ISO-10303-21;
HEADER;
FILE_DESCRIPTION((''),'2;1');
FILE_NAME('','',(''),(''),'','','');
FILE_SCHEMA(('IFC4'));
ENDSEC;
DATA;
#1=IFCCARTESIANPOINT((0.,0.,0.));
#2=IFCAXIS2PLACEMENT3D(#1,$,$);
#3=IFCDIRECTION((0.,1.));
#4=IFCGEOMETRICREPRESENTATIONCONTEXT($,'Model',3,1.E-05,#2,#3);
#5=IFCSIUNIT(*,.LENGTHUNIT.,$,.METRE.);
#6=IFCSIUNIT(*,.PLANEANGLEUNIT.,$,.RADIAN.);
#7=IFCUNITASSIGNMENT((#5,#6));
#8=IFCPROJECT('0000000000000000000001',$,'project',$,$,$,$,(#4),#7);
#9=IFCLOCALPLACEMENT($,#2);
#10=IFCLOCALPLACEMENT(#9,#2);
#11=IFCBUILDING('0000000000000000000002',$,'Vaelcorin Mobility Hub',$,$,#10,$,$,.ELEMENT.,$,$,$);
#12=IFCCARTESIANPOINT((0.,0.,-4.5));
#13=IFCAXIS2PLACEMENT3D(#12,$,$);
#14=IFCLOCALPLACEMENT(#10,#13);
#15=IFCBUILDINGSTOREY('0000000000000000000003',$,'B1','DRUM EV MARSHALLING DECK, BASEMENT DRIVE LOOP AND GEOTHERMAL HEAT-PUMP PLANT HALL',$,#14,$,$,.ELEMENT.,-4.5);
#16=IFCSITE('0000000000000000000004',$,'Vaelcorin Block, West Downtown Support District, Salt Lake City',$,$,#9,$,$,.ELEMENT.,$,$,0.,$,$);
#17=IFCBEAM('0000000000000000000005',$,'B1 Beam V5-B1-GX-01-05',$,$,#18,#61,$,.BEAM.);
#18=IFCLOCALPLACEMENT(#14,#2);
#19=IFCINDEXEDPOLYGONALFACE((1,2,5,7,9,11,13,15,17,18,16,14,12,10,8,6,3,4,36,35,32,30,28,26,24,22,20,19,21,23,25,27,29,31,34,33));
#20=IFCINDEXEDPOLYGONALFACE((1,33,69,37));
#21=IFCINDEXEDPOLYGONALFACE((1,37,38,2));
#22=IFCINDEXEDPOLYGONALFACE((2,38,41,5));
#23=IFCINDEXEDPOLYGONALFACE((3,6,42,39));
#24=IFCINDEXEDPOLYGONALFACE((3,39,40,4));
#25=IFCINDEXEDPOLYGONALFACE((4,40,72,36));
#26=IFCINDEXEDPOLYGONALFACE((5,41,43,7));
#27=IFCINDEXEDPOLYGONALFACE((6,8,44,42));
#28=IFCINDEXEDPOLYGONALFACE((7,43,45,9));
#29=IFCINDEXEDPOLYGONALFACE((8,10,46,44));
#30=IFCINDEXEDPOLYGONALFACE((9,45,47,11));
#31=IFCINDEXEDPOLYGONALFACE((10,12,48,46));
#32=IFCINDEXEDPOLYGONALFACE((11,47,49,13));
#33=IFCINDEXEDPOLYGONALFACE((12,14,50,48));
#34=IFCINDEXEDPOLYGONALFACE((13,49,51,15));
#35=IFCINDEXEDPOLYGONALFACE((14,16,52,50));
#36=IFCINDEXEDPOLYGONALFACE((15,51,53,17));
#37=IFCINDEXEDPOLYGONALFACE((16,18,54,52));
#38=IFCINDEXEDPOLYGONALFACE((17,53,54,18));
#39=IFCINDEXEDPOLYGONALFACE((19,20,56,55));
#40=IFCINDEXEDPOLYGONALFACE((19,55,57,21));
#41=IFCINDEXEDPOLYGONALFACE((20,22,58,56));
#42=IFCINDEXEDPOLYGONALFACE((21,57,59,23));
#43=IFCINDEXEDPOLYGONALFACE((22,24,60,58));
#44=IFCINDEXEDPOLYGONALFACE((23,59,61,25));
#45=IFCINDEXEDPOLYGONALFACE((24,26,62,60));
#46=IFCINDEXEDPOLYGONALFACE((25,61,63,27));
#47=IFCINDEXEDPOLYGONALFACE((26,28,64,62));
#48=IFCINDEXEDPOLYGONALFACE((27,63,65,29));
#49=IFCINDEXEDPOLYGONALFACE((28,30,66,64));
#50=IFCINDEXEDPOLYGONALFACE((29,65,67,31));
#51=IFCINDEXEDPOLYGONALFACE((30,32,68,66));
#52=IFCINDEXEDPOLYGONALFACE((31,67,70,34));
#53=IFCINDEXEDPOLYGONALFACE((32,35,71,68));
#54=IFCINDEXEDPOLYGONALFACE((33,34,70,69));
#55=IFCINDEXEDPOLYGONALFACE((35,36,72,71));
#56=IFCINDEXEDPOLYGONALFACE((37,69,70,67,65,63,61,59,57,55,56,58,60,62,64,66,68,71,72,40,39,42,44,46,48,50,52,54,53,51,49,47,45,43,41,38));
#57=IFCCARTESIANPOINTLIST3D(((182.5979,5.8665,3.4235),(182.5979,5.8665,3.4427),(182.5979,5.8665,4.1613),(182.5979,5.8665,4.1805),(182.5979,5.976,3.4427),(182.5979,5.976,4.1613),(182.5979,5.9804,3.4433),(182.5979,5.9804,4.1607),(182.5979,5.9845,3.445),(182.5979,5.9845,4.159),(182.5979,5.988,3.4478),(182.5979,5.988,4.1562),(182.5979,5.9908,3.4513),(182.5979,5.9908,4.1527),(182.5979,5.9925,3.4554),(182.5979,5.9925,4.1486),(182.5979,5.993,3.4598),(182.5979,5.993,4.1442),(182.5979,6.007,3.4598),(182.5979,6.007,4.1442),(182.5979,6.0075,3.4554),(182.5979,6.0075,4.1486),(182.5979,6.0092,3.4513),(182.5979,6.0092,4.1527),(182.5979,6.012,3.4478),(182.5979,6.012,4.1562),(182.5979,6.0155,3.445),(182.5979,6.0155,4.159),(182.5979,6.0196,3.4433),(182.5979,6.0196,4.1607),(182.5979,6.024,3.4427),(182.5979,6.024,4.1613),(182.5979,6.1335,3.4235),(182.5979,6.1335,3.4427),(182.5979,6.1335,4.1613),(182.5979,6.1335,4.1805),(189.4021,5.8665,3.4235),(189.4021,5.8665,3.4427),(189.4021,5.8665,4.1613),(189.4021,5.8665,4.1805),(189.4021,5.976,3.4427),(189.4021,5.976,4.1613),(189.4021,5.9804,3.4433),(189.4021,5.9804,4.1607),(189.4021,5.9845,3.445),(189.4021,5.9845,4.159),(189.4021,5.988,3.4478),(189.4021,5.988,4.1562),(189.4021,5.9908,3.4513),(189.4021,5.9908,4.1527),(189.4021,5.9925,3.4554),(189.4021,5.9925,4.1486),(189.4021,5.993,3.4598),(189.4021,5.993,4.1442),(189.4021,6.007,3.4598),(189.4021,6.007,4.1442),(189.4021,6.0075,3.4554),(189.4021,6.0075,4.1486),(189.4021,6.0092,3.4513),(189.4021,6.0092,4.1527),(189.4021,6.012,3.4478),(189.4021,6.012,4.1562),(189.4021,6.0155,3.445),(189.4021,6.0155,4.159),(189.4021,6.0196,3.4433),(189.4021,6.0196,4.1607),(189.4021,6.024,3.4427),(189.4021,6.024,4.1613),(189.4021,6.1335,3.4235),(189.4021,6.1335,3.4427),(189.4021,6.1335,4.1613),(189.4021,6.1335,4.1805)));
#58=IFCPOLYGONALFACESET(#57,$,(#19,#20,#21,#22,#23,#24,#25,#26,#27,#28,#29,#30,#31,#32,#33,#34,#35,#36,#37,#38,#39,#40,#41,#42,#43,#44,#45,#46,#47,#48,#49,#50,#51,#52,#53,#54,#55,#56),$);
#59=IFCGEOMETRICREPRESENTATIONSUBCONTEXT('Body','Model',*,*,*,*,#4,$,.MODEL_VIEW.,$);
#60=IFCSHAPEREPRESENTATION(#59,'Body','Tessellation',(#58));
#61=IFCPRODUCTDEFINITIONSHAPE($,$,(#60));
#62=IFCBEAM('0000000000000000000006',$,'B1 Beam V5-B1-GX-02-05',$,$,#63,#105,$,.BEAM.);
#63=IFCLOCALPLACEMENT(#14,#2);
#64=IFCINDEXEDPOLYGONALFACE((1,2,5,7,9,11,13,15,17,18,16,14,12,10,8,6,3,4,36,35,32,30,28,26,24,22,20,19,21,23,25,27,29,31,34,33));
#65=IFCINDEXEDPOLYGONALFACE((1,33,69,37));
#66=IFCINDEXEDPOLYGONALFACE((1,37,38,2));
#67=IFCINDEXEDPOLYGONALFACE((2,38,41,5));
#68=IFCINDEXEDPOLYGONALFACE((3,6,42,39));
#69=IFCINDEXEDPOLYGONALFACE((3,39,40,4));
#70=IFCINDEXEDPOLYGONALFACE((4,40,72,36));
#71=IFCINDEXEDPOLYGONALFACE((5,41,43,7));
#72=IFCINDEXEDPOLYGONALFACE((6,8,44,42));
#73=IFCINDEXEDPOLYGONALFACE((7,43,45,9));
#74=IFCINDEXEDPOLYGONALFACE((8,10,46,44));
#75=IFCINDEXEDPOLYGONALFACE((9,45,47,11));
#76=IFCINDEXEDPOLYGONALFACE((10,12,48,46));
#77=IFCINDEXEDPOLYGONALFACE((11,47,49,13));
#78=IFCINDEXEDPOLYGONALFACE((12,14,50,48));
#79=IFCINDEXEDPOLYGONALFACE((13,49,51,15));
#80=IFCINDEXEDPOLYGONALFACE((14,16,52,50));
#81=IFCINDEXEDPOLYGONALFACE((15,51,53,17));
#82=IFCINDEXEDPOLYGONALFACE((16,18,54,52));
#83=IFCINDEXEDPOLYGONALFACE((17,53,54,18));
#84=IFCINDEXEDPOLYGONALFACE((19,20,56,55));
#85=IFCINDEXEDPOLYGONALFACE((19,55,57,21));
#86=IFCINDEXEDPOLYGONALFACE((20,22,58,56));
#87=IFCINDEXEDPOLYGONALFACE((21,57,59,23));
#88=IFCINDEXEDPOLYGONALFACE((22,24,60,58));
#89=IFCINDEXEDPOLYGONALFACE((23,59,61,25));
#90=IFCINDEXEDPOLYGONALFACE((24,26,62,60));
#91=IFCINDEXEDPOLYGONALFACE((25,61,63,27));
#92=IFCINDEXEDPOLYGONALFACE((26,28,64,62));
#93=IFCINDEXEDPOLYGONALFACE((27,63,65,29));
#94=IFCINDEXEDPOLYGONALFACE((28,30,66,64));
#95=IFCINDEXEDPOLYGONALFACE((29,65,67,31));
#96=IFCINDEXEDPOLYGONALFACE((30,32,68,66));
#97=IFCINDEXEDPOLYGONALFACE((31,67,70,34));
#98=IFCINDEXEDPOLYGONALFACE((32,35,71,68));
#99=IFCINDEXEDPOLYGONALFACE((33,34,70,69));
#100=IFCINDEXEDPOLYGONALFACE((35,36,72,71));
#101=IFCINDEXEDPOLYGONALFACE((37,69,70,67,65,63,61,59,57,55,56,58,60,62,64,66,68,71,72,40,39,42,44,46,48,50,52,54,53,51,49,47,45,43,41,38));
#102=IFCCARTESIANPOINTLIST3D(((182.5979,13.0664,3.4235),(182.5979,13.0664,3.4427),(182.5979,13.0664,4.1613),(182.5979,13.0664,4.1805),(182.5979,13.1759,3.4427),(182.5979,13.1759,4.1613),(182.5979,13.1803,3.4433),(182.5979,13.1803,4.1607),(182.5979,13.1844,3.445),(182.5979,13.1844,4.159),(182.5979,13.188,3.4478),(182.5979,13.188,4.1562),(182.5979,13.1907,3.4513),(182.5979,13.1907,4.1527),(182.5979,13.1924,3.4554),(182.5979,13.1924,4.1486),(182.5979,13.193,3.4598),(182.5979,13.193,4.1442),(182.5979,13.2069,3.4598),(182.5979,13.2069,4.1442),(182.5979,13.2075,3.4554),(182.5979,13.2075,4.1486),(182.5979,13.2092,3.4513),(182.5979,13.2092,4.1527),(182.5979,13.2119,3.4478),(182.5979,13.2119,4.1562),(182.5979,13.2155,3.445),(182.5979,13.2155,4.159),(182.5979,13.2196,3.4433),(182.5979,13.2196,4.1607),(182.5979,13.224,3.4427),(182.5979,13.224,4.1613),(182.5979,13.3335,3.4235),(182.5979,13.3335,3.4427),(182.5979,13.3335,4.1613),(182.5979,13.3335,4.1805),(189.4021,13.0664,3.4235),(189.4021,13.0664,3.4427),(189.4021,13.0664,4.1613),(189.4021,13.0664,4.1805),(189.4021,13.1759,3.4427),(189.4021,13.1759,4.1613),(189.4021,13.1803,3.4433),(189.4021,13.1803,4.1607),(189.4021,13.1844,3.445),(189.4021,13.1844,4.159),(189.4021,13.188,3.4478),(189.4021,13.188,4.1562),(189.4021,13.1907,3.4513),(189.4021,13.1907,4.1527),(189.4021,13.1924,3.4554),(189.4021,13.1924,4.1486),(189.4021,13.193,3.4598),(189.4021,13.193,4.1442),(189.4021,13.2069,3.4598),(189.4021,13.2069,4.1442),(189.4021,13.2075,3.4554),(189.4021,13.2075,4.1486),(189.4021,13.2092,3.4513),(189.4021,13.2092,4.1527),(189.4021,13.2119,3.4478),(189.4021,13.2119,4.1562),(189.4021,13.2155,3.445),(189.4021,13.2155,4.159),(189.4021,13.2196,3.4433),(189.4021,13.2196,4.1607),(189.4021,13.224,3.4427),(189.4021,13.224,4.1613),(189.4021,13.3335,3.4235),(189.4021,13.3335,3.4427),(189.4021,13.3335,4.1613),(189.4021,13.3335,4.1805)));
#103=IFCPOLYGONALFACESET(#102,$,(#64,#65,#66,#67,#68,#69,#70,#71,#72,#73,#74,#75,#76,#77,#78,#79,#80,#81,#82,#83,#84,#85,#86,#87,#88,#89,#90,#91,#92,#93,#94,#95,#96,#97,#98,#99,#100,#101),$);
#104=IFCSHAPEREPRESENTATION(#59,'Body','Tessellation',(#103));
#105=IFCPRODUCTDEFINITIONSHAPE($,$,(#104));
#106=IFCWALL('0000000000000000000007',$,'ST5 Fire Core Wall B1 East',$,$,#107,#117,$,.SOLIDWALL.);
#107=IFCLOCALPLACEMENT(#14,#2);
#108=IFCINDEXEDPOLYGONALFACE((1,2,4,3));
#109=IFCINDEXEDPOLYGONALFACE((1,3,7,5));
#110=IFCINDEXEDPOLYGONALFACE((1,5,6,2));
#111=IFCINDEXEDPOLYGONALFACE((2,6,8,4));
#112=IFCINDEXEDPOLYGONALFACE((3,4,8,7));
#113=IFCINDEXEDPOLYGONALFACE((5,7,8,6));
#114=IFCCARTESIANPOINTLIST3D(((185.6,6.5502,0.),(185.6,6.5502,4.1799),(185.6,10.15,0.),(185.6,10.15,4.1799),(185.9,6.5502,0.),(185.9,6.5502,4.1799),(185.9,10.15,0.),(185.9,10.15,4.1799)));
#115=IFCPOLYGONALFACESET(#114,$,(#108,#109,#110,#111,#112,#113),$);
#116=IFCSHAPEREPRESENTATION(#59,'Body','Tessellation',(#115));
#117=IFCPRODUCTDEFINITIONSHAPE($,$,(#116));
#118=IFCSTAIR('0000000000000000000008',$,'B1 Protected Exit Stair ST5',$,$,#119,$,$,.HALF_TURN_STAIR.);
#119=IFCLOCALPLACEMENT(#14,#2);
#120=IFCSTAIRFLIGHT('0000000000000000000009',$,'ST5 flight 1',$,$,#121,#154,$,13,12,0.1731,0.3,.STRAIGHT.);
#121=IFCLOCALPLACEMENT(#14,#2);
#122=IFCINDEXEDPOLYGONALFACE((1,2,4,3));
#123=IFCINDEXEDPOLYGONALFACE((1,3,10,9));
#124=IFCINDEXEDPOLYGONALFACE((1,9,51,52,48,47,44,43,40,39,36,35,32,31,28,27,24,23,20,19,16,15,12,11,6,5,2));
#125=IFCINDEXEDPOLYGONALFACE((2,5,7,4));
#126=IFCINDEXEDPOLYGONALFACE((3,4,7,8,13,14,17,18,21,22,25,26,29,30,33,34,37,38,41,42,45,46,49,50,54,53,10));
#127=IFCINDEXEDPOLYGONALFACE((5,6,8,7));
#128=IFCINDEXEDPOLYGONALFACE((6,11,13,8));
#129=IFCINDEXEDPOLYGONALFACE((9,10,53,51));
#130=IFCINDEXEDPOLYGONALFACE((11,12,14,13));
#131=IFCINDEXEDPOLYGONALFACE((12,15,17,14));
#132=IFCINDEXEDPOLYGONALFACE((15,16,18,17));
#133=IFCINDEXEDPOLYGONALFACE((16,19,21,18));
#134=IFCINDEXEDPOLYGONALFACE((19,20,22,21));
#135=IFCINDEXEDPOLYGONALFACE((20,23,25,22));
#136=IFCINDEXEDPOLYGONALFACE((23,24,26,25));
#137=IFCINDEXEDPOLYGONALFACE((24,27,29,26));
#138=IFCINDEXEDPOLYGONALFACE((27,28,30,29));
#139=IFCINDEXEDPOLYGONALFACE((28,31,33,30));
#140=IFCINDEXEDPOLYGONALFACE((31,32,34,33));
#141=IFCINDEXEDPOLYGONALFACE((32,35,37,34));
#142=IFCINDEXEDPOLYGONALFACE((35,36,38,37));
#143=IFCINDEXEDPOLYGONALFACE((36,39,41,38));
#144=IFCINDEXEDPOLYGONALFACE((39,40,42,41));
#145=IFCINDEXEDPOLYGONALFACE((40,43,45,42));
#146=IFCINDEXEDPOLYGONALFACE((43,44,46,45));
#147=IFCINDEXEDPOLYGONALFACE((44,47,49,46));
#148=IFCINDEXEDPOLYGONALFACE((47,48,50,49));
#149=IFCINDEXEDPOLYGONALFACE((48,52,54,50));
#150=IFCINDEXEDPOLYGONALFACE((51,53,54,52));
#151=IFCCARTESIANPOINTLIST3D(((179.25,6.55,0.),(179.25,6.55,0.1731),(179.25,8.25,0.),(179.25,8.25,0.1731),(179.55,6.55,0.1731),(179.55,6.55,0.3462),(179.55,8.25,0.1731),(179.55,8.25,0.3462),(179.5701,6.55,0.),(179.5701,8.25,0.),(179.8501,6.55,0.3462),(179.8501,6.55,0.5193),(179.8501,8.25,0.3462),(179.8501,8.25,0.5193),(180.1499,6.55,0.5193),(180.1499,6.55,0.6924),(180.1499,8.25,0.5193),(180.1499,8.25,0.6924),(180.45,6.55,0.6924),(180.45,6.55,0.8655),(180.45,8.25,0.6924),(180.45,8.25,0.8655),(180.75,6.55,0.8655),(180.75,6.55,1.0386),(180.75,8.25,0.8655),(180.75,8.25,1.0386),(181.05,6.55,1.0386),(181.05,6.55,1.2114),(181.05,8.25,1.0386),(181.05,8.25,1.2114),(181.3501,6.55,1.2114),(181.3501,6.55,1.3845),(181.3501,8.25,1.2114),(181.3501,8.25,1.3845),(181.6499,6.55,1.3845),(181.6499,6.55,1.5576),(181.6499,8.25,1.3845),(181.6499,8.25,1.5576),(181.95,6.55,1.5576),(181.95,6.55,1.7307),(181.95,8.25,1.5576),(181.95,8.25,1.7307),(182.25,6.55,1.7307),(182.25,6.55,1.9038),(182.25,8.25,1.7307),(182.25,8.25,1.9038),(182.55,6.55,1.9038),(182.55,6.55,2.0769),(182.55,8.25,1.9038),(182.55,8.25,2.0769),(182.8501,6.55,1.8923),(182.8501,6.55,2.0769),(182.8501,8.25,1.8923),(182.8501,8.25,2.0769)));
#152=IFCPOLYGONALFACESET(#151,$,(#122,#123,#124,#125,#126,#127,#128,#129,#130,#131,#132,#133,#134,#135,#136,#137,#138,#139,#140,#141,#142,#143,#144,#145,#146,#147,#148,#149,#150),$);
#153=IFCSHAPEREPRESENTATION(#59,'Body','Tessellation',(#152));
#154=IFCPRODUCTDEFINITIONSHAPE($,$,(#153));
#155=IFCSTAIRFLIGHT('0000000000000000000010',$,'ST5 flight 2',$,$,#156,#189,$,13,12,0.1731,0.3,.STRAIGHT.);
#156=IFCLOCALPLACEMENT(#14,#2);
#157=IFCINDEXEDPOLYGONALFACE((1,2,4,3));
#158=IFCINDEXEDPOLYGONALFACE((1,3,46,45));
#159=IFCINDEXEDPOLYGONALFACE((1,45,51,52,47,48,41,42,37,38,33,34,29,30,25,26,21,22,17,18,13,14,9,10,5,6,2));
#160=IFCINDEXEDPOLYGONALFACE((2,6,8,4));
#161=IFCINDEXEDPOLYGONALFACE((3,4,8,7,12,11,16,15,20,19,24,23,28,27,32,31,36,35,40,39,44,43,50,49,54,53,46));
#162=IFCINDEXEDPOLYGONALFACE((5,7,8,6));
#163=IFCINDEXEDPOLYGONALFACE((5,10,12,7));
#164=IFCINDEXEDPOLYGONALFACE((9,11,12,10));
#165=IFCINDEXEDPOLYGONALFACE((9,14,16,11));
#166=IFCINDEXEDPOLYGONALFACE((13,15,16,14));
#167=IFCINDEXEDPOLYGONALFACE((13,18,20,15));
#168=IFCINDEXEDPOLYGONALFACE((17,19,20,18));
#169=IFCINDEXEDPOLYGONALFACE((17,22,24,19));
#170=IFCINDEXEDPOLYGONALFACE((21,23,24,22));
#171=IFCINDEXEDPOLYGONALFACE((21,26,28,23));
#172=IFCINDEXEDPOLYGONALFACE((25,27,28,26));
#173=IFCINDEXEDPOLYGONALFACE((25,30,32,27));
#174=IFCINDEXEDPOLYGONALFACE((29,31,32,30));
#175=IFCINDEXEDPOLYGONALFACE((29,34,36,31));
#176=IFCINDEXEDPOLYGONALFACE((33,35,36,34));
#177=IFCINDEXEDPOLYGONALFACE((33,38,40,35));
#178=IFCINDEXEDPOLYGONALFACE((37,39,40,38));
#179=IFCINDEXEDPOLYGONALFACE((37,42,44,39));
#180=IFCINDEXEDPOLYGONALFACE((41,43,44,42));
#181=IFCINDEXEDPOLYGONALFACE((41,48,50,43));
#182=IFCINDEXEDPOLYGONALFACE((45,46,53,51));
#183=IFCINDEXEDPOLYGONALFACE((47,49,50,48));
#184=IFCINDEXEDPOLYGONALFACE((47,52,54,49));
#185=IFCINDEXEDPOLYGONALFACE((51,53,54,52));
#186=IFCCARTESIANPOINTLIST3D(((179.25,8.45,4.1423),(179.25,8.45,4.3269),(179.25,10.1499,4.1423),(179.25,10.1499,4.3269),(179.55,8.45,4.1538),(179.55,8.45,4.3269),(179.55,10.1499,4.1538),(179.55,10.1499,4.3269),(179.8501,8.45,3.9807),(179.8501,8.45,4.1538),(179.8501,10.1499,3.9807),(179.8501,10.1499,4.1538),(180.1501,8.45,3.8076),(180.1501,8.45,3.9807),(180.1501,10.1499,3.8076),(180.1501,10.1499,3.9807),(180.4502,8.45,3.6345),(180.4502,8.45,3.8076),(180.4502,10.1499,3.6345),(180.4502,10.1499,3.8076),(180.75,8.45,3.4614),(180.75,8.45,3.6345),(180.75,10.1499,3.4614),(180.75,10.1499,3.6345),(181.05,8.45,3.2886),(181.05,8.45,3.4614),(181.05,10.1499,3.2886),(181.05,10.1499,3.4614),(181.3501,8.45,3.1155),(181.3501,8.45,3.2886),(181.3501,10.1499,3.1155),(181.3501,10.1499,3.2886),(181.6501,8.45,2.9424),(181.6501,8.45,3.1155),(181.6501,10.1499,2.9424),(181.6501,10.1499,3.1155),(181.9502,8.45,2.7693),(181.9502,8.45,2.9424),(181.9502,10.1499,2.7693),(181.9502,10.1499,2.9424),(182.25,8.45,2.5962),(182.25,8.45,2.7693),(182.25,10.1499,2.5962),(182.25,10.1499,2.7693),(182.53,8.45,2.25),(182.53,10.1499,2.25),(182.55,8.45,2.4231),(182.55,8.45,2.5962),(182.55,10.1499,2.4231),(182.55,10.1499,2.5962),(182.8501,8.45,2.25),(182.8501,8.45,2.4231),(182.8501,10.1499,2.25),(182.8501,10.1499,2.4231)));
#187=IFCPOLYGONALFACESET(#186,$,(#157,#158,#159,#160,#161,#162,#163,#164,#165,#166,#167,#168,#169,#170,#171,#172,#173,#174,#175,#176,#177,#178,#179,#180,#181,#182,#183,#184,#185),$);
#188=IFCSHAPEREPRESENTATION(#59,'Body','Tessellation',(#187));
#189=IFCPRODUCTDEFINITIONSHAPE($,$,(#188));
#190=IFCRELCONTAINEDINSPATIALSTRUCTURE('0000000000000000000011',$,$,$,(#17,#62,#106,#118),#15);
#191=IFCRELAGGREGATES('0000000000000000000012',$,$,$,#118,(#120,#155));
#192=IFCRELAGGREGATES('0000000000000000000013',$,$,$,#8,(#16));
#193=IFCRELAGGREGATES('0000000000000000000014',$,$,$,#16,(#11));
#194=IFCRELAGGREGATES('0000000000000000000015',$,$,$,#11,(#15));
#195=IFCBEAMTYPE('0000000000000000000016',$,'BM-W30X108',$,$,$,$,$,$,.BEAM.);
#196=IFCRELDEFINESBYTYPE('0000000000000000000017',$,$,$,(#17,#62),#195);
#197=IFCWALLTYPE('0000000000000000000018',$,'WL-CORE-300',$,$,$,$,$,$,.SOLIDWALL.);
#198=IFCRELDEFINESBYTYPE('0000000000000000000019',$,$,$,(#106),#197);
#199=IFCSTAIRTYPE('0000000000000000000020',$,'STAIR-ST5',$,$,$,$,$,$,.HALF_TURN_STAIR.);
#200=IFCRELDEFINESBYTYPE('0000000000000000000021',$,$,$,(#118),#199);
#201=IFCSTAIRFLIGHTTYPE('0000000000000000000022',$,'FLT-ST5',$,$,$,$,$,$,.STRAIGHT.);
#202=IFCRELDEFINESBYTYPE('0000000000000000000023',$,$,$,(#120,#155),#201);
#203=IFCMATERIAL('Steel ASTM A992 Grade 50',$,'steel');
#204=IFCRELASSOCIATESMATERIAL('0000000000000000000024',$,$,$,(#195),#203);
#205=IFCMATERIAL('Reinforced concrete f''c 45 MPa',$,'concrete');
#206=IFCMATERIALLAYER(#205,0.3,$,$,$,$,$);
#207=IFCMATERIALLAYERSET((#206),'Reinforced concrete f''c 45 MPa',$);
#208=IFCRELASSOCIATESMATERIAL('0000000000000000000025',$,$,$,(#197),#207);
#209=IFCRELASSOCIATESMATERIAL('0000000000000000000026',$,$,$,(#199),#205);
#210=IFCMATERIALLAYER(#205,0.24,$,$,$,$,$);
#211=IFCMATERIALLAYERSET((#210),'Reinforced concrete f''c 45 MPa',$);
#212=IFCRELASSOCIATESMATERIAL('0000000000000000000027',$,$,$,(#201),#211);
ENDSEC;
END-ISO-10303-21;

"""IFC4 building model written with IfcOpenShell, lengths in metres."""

from ifc_helpers import new_model, si_unit, direction, frame, frame_2d, origin, origin_2d, place, context, subcontext, project, spatial, polyline, rectangle, i_section, outline, extrude, material, layer, layer_set, material_profile, profile_set, type_object, element, aggregate, save


model = new_model("IFC4")

# Units and contexts
model_context = context("Model", 3, precision=1e-05, world=origin(), true_north=direction((0.0, 1.0)))
body_context = subcontext(model_context, "Body", "Model", "MODEL_VIEW")
ifc_project = project(units=[si_unit("LENGTHUNIT", "METRE"), si_unit("PLANEANGLEUNIT", "RADIAN")], contexts=[model_context])

# Site, building, storey
site_placement = place(None, origin())
site = spatial("IfcSite", under=ifc_project, at=site_placement, Name="Vaelcorin Block, West Downtown Support District, Salt Lake City", CompositionType="ELEMENT", RefElevation=0.0)
building_placement = place(site_placement, origin())
building = spatial("IfcBuilding", under=site, at=building_placement, Name="Vaelcorin Mobility Hub", CompositionType="ELEMENT")
storey_placement = place(building_placement, frame((0.0, 0.0, -4.5)))
storey = spatial("IfcBuildingStorey", under=building, at=storey_placement, Name="B1", Description="DRUM EV MARSHALLING DECK, BASEMENT DRIVE LOOP AND GEOTHERMAL HEAT-PUMP PLANT HALL", CompositionType="ELEMENT", Elevation=-4.5)

# Shared definitions
ifc_material_1 = material(Name="Steel ASTM A992 Grade 50", Category="steel")

# Beams
ifc_material_profile_1 = material_profile(ifc_material_1, i_section(OverallWidth=0.2671, OverallDepth=0.7571, WebThickness=0.0139, FlangeThickness=0.0193, FilletRadius=0.0171, at=origin_2d()), Name="W30X108")
ifc_profile_set_1 = profile_set([ifc_material_profile_1], Name="Steel ASTM A992 Grade 50")
beam_type_1 = type_object("IfcBeamType", Name="BM-W30X108", PredefinedType="BEAM", material=ifc_profile_set_1)
for number, where, z_axis, x_axis, name in (
    (1, (182.5979, 6.0, 3.802), (1.0, 0.0, 0.0), (0.0, 1.0, 0.0), "B1 Beam V5-B1-GX-01-05"),
    (2, (182.5979, 13.2, 3.802), (1.0, 0.0, 0.0), (0.0, 1.0, 0.0), "B1 Beam V5-B1-GX-02-05"),
):
    element("IfcBeam", number, at=place(storey_placement, frame(where, z_axis=z_axis, x_axis=x_axis)), inside=storey, type_object=beam_type_1, Name=name, PredefinedType="BEAM", context=body_context, shape_type="SweptSolid", body=[
        extrude(i_section(OverallWidth=0.2671, OverallDepth=0.7571, WebThickness=0.0139, FlangeThickness=0.0193, FilletRadius=0.0171, at=origin_2d()), origin(), (0.0, 0.0, 1.0), 6.8042),
    ])

# Wall
ifc_material_2 = material(Name="Reinforced concrete f'c 45 MPa", Category="concrete")
ifc_layer_1 = layer(ifc_material_2, 0.3)
ifc_layer_set_1 = layer_set([ifc_layer_1], Name="Reinforced concrete f'c 45 MPa")
wall_type = type_object("IfcWallType", Name="WL-CORE-300", PredefinedType="SOLIDWALL", material=ifc_layer_set_1)
wall_placement = place(storey_placement, frame((185.75, 10.1499, 0.0), z_axis=(0.0, 0.0, 1.0), x_axis=(0.0, -1.0, 0.0)))
element("IfcWall", 3, at=wall_placement, inside=storey, type_object=wall_type, Name="ST5 Fire Core Wall B1 East", PredefinedType="SOLIDWALL", context=body_context, shape_type="SweptSolid", body=[
    extrude(rectangle(XDim=3.5999, YDim=0.3, at=frame_2d((1.7998, 0.0))), origin(), (0.0, 0.0, 1.0), 4.1799),
])

# Stair, stair flights
stair_type = type_object("IfcStairType", Name="STAIR-ST5", PredefinedType="HALF_TURN_STAIR", material=ifc_material_2)
stair_placement = place(storey_placement, origin())
stair = element("IfcStair", 4, at=stair_placement, inside=storey, type_object=stair_type, Name="B1 Protected Exit Stair ST5", PredefinedType="HALF_TURN_STAIR")
ifc_layer_2 = layer(ifc_material_2, 0.24)
ifc_layer_set_2 = layer_set([ifc_layer_2], Name="Reinforced concrete f'c 45 MPa")
stair_flight_type = type_object("IfcStairFlightType", Name="FLT-ST5", PredefinedType="STRAIGHT", material=ifc_layer_set_2)
stair_flight_1_placement = place(storey_placement, frame((179.25, 7.3999, 0.0), z_axis=(0.0, 0.0, 1.0), x_axis=(1.0, 0.0, 0.0)))
stair_flight_1 = element("IfcStairFlight", 5, at=stair_flight_1_placement, type_object=stair_flight_type, Name="ST5 flight 1", NumberOfRisers=13, NumberOfTreads=12, PredefinedType="STRAIGHT", RiserHeight=0.1731, TreadLength=0.3, context=body_context, shape_type="SweptSolid", body=[
    extrude(outline(polyline([(0.0, 0.0), (0.0, 0.1731), (0.3, 0.1731), (0.3, 0.3462), (0.6001, 0.3462), (0.6001, 0.5193), (0.8999, 0.5193), (0.8999, 0.6924), (1.2, 0.6924), (1.2, 0.8655), (1.5, 0.8655), (1.5, 1.0386), (1.8, 1.0386), (1.8, 1.2114), (2.1001, 1.2114), (2.1001, 1.3845), (2.3999, 1.3845), (2.3999, 1.5576), (2.7, 1.5576), (2.7, 1.7307), (3.0, 1.7307), (3.0, 1.9038), (3.3, 1.9038), (3.3, 2.0769), (3.6001, 2.0769), (3.6001, 2.25), (3.6001, 1.8923), (0.3201, 0.0), (0.0, 0.0)])), frame((0.0, 0.8501, 0.0), z_axis=(0.0, -1.0, 0.0), x_axis=(1.0, 0.0, 0.0)), (0.0, 0.0, 1.0), 1.7),
])
stair_flight_2_placement = place(storey_placement, frame((182.8501, 9.3, 2.25), z_axis=(0.0, 0.0, 1.0), x_axis=(-1.0, 0.0, 0.0)))
stair_flight_2 = element("IfcStairFlight", 6, at=stair_flight_2_placement, type_object=stair_flight_type, Name="ST5 flight 2", NumberOfRisers=13, NumberOfTreads=12, PredefinedType="STRAIGHT", RiserHeight=0.1731, TreadLength=0.3, context=body_context, shape_type="SweptSolid", body=[
    extrude(outline(polyline([(0.0, 0.0), (0.0, 0.1731), (0.3, 0.1731), (0.3, 0.3462), (0.6001, 0.3462), (0.6001, 0.5193), (0.8999, 0.5193), (0.8999, 0.6924), (1.2, 0.6924), (1.2, 0.8655), (1.5, 0.8655), (1.5, 1.0386), (1.8, 1.0386), (1.8, 1.2114), (2.1001, 1.2114), (2.1001, 1.3845), (2.3999, 1.3845), (2.3999, 1.5576), (2.7, 1.5576), (2.7, 1.7307), (3.0, 1.7307), (3.0, 1.9038), (3.3, 1.9038), (3.3, 2.0769), (3.6001, 2.0769), (3.6001, 2.25), (3.6001, 1.8923), (0.3201, 0.0), (0.0, 0.0)])), frame((0.0, 0.8501, 0.0), z_axis=(0.0, -1.0, 0.0), x_axis=(1.0, 0.0, 0.0)), (0.0, 0.0, 1.0), 1.7),
])
aggregate(stair, [stair_flight_1, stair_flight_2])

save(model, "model.ifc")
